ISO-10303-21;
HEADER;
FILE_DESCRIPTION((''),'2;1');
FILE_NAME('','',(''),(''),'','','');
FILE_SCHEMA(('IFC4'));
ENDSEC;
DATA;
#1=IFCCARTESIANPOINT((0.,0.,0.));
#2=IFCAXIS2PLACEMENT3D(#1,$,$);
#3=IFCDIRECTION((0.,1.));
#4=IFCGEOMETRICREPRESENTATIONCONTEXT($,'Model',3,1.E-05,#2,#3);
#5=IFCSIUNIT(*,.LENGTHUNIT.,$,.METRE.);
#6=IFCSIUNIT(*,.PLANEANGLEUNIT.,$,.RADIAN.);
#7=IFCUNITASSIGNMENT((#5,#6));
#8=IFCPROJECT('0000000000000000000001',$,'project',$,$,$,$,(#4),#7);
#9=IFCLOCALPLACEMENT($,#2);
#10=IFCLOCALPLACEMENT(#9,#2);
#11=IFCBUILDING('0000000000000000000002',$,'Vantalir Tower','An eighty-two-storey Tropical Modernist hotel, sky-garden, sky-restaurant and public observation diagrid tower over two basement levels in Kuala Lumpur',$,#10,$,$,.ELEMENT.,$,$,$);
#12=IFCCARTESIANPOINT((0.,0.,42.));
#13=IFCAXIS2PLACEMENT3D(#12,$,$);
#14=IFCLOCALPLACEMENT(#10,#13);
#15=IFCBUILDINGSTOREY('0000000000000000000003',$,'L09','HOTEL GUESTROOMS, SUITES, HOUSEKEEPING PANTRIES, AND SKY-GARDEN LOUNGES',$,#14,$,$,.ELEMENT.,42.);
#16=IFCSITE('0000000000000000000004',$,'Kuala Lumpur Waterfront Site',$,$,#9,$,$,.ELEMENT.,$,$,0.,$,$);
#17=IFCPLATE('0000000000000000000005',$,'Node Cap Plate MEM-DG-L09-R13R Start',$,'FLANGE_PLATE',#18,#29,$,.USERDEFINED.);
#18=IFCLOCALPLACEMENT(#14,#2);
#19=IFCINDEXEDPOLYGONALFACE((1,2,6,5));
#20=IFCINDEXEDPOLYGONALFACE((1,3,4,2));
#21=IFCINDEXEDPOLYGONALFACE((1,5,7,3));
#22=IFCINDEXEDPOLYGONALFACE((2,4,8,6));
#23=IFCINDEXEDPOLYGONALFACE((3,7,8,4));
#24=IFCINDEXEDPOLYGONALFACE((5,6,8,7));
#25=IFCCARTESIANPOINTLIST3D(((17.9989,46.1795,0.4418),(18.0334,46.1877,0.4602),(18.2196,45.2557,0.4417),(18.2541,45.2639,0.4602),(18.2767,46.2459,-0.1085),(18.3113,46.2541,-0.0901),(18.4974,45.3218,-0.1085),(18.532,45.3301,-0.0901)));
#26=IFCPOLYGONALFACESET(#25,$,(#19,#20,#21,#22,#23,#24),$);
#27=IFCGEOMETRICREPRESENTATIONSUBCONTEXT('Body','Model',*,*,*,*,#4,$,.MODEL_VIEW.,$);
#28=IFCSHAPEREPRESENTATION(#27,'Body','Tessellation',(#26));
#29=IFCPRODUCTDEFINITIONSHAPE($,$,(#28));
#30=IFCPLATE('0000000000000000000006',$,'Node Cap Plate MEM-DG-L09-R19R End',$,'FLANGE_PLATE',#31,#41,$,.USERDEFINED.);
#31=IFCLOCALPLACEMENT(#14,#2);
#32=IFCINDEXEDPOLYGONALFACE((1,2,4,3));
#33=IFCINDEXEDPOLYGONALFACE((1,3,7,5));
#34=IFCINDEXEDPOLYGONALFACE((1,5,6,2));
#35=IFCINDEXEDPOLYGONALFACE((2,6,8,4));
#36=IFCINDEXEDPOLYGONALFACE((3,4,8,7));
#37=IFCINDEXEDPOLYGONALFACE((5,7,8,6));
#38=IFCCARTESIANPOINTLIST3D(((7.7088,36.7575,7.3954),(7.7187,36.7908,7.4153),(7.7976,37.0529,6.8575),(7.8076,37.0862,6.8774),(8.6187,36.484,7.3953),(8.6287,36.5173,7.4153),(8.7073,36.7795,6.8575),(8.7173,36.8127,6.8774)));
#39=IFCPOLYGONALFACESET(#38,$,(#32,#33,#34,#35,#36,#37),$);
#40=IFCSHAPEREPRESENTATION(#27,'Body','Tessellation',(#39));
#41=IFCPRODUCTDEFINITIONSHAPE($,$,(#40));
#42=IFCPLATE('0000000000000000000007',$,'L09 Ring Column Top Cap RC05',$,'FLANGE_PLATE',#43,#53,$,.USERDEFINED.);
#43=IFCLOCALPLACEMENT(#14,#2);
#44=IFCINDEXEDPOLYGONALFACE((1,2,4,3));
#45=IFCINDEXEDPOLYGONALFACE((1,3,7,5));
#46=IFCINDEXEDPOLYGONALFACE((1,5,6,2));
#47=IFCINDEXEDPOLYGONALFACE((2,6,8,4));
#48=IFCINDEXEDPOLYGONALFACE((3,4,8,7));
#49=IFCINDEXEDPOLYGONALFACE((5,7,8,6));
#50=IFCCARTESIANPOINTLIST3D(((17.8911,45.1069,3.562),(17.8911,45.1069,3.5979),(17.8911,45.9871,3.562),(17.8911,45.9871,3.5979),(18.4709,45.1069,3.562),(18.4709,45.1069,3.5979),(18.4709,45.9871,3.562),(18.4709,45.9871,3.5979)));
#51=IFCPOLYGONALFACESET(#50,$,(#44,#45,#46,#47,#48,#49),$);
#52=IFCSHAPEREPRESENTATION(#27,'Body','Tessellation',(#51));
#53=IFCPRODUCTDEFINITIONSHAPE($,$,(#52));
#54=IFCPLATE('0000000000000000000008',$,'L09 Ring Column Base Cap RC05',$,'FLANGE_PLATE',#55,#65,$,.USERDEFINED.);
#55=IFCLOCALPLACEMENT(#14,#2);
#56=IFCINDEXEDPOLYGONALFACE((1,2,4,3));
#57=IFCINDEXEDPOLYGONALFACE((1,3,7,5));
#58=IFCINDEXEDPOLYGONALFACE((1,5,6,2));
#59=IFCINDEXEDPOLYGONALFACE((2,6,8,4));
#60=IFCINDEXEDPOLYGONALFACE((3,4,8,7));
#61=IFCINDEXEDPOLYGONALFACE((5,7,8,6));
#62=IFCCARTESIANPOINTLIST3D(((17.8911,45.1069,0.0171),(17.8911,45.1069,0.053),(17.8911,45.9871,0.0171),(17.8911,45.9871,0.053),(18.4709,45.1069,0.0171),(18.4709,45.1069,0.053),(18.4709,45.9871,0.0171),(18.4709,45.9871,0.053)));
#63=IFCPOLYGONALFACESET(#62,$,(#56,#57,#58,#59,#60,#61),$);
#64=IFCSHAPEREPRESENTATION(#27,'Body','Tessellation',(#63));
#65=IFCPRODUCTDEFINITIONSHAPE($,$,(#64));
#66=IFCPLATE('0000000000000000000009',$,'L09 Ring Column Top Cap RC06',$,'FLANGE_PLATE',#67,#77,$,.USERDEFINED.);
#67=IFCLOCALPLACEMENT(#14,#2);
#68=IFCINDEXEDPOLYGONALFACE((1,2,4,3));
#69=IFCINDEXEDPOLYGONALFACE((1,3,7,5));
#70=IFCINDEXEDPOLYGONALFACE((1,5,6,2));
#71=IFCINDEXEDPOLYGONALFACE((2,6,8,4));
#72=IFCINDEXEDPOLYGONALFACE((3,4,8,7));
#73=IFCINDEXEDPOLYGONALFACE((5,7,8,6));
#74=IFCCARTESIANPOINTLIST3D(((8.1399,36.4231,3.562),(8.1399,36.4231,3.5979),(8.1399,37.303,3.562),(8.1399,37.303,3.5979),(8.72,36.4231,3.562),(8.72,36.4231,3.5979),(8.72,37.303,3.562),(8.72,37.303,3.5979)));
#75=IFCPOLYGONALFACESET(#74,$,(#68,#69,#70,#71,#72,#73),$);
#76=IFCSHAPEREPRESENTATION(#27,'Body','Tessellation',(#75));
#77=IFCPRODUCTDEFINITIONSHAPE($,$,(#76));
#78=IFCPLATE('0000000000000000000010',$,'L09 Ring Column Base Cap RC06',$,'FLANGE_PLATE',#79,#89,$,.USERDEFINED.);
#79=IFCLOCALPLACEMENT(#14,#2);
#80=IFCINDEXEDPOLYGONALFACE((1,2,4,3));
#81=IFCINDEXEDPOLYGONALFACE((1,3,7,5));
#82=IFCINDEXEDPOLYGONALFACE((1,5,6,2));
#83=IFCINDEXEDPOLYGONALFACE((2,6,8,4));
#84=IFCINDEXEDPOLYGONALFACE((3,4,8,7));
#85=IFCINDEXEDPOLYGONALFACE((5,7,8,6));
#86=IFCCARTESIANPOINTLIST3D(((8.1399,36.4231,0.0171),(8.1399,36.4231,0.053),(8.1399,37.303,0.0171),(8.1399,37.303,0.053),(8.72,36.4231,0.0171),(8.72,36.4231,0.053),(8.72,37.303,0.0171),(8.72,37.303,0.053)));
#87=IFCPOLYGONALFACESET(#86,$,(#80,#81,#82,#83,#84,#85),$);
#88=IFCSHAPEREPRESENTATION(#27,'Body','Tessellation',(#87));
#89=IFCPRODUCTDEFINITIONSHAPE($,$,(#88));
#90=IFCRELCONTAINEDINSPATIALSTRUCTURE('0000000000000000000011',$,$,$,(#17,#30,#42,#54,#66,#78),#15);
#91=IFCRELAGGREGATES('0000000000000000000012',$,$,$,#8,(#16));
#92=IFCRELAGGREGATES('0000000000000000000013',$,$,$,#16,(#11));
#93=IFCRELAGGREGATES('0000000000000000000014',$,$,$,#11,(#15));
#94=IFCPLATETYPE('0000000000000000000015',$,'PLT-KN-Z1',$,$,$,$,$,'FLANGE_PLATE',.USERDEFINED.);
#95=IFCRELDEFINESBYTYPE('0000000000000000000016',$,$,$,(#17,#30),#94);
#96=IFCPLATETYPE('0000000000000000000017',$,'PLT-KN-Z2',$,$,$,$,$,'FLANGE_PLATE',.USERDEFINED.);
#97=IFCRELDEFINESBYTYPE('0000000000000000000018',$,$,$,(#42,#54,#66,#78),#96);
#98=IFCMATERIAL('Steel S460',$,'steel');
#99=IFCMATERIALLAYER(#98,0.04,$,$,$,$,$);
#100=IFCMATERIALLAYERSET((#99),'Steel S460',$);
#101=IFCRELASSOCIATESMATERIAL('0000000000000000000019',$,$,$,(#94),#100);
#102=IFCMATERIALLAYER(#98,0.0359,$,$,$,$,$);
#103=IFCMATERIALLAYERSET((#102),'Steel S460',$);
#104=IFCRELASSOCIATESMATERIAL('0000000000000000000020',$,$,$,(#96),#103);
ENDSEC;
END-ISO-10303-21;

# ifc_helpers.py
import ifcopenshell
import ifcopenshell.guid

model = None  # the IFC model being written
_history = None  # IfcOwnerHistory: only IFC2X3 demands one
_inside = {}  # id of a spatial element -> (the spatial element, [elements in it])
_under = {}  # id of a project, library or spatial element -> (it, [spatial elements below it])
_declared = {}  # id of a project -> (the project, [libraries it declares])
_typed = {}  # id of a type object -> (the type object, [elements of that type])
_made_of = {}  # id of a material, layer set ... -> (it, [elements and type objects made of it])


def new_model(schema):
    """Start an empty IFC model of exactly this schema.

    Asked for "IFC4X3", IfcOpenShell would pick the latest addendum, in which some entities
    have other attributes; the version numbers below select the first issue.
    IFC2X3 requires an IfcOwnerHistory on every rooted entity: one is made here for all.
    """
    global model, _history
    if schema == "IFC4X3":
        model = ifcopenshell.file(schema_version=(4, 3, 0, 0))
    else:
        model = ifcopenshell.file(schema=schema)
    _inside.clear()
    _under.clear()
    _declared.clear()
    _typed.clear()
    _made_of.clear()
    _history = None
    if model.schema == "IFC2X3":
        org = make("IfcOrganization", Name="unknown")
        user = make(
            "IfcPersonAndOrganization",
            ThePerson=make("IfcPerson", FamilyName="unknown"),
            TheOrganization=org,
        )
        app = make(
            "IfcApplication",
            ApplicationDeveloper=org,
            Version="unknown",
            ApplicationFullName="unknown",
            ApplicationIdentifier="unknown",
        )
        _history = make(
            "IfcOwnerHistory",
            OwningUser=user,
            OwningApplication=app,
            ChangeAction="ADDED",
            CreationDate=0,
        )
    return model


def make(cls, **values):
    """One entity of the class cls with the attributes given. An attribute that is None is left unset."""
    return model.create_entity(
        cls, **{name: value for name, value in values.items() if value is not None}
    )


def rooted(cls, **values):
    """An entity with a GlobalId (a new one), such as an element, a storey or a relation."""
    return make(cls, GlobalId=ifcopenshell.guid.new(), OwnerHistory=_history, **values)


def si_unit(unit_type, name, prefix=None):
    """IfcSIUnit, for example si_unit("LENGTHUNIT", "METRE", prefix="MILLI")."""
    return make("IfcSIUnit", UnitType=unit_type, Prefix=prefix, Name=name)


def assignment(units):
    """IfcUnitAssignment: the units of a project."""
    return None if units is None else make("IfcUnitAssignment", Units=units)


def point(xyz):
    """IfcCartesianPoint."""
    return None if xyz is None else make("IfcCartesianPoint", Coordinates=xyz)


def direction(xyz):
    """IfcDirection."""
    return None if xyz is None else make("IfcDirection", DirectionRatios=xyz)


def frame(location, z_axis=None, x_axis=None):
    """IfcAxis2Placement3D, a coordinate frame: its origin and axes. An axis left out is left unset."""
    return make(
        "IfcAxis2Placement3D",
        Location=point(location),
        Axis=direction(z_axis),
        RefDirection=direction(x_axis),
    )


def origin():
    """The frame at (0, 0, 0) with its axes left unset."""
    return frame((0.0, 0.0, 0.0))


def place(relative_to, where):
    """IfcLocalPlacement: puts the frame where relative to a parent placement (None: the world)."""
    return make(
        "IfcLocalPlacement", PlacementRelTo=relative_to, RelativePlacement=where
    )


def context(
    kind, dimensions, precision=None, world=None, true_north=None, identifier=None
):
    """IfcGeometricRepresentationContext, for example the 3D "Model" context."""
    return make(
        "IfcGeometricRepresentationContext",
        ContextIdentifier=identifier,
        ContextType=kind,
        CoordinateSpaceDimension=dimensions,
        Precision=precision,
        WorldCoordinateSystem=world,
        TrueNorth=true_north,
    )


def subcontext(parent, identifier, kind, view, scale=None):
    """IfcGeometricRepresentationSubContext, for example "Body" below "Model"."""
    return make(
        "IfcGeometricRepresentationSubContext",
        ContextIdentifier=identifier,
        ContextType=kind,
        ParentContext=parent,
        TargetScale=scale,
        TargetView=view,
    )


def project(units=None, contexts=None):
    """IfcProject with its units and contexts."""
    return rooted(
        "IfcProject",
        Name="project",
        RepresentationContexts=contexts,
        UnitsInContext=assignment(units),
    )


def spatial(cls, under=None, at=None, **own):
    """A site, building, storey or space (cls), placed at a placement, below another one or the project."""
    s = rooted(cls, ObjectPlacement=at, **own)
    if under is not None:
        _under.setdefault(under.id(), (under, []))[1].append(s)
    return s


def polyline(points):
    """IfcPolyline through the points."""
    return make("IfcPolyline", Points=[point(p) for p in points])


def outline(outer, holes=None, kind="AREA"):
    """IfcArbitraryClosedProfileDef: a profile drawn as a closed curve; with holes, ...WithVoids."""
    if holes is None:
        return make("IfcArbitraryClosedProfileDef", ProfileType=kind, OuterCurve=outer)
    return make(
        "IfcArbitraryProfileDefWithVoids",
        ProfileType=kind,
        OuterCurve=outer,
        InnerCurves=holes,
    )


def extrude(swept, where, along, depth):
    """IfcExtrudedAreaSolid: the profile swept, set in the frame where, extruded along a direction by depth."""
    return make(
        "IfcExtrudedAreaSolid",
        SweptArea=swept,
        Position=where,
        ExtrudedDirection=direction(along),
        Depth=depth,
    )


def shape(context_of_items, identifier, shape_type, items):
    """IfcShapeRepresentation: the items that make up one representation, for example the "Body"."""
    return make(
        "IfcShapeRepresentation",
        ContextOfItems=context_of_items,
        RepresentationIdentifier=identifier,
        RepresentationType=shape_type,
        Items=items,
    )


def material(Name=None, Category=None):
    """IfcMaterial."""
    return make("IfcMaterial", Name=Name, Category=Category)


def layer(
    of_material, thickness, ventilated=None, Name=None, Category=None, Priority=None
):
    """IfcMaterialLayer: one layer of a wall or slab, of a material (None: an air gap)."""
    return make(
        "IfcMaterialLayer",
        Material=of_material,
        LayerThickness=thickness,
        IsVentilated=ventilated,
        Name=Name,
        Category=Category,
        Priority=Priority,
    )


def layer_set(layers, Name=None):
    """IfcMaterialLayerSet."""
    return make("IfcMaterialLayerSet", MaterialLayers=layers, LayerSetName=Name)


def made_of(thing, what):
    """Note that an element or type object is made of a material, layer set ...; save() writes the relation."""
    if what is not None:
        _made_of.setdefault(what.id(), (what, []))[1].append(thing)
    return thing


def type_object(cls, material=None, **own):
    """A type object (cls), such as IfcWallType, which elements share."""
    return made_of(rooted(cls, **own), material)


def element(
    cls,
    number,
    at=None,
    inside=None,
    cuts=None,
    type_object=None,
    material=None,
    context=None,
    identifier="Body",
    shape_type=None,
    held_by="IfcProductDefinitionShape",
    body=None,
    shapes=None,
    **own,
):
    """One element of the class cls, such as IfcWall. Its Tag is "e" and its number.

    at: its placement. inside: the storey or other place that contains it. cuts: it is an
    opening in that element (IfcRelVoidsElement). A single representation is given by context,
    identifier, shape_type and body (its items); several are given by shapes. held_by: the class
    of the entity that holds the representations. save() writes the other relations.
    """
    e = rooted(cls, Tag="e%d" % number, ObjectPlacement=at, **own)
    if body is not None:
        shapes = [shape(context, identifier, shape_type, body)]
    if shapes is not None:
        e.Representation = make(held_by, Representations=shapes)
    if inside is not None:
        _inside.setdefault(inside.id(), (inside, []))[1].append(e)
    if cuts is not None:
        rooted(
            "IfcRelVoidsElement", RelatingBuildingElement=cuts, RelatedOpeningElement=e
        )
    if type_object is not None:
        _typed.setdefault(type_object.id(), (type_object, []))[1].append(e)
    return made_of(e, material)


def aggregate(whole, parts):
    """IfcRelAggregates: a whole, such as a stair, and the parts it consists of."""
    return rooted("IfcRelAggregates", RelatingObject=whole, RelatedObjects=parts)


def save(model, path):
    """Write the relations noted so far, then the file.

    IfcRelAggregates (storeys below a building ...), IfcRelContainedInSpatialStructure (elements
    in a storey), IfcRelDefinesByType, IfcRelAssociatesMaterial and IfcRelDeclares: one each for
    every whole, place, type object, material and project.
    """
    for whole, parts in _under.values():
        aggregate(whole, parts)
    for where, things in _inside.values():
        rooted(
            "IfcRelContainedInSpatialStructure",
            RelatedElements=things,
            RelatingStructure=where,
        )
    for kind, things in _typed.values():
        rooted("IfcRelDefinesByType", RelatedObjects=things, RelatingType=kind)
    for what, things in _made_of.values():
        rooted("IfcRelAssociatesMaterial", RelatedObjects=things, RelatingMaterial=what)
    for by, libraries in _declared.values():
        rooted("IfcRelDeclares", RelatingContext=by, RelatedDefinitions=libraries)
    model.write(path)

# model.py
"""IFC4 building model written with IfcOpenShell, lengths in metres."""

from ifc_helpers import new_model, si_unit, direction, frame, origin, place, context, subcontext, project, spatial, polyline, outline, extrude, material, layer, layer_set, type_object, element, save


model = new_model("IFC4")

# Units and contexts
model_context = context("Model", 3, precision=1e-05, world=origin(), true_north=direction((0.0, 1.0)))
body_context = subcontext(model_context, "Body", "Model", "MODEL_VIEW")
ifc_project = project(units=[si_unit("LENGTHUNIT", "METRE"), si_unit("PLANEANGLEUNIT", "RADIAN")], contexts=[model_context])

# Site, building, storey
site_placement = place(None, origin())
site = spatial("IfcSite", under=ifc_project, at=site_placement, Name="Kuala Lumpur Waterfront Site", CompositionType="ELEMENT", RefElevation=0.0)
building_placement = place(site_placement, origin())
building = spatial("IfcBuilding", under=site, at=building_placement, Name="Vantalir Tower", Description="An eighty-two-storey Tropical Modernist hotel, sky-garden, sky-restaurant and public observation diagrid tower over two basement levels in Kuala Lumpur", CompositionType="ELEMENT")
storey_placement = place(building_placement, frame((0.0, 0.0, 42.0)))
storey = spatial("IfcBuildingStorey", under=building, at=storey_placement, Name="L09", Description="HOTEL GUESTROOMS, SUITES, HOUSEKEEPING PANTRIES, AND SKY-GARDEN LOUNGES", CompositionType="ELEMENT", Elevation=42.0)

# Shared definitions
ifc_material_1 = material(Name="Steel S460", Category="steel")

# Plates
ifc_layer_1 = layer(ifc_material_1, 0.04)
ifc_layer_set_1 = layer_set([ifc_layer_1], Name="Steel S460")
plate_type_1 = type_object("IfcPlateType", Name="PLT-KN-Z1", ElementType="FLANGE_PLATE", PredefinedType="USERDEFINED", material=ifc_layer_set_1)
plate_1_placement = place(storey_placement, frame((18.532, 45.3301, -0.0901), z_axis=(0.863275, 0.20621, 0.460689), x_axis=(-0.232327, 0.972638, -0.000012)))
element("IfcPlate", 1, at=plate_1_placement, inside=storey, type_object=plate_type_1, Name="Node Cap Plate MEM-DG-L09-R13R Start", ObjectType="FLANGE_PLATE", PredefinedType="USERDEFINED", context=body_context, shape_type="SweptSolid", body=[
    extrude(outline(polyline([(0.0, 0.0), (0.9501, 0.0), (0.95, 0.62), (0.0002, 0.62), (0.0, 0.0)])), origin(), (0.0, 0.0, -1.0), 0.04),
])
plate_2_placement = place(storey_placement, frame((8.7173, 36.8127, 6.8774), z_axis=(0.249684, 0.830758, 0.497493), x_axis=(-0.957679, 0.28784, -0.000016)))
element("IfcPlate", 2, at=plate_2_placement, inside=storey, type_object=plate_type_1, Name="Node Cap Plate MEM-DG-L09-R19R End", ObjectType="FLANGE_PLATE", PredefinedType="USERDEFINED", context=body_context, shape_type="SweptSolid", body=[
    extrude(outline(polyline([(0.0, 0.0), (0.9499, 0.0), (0.9499, 0.62), (-0.0002, 0.62), (0.0, 0.0)])), origin(), (0.0, 0.0, -1.0), 0.04),
])
ifc_layer_2 = layer(ifc_material_1, 0.0359)
ifc_layer_set_2 = layer_set([ifc_layer_2], Name="Steel S460")
plate_type_2 = type_object("IfcPlateType", Name="PLT-KN-Z2", ElementType="FLANGE_PLATE", PredefinedType="USERDEFINED", material=ifc_layer_set_2)
for number, where, z_axis, x_axis, name in (
    (3, (17.8911, 45.9871, 3.5979), (0.0, 0.0, 1.0), (0.0, -1.0, 0.0), "L09 Ring Column Top Cap RC05"),
    (4, (17.8911, 45.9871, 0.053), (0.0, 0.0, 1.0), (0.0, -1.0, 0.0), "L09 Ring Column Base Cap RC05"),
):
    element("IfcPlate", number, at=place(storey_placement, frame(where, z_axis=z_axis, x_axis=x_axis)), inside=storey, type_object=plate_type_2, Name=name, ObjectType="FLANGE_PLATE", PredefinedType="USERDEFINED", context=body_context, shape_type="SweptSolid", body=[
        extrude(outline(polyline([(0.0, 0.0), (0.8801, 0.0), (0.8801, 0.5798), (0.0, 0.5798), (0.0, 0.0)])), origin(), (0.0, 0.0, -1.0), 0.0359),
    ])
for number, where, z_axis, x_axis, name in (
    (5, (8.1399, 37.303, 3.5979), (0.0, 0.0, 1.0), (0.0, -1.0, 0.0), "L09 Ring Column Top Cap RC06"),
    (6, (8.1399, 37.303, 0.053), (0.0, 0.0, 1.0), (0.0, -1.0, 0.0), "L09 Ring Column Base Cap RC06"),
):
    element("IfcPlate", number, at=place(storey_placement, frame(where, z_axis=z_axis, x_axis=x_axis)), inside=storey, type_object=plate_type_2, Name=name, ObjectType="FLANGE_PLATE", PredefinedType="USERDEFINED", context=body_context, shape_type="SweptSolid", body=[
        extrude(outline(polyline([(0.0, 0.0), (0.8799, 0.0), (0.8799, 0.5801), (0.0, 0.5801), (0.0, 0.0)])), origin(), (0.0, 0.0, -1.0), 0.0359),
    ])

save(model, "model.ifc")
